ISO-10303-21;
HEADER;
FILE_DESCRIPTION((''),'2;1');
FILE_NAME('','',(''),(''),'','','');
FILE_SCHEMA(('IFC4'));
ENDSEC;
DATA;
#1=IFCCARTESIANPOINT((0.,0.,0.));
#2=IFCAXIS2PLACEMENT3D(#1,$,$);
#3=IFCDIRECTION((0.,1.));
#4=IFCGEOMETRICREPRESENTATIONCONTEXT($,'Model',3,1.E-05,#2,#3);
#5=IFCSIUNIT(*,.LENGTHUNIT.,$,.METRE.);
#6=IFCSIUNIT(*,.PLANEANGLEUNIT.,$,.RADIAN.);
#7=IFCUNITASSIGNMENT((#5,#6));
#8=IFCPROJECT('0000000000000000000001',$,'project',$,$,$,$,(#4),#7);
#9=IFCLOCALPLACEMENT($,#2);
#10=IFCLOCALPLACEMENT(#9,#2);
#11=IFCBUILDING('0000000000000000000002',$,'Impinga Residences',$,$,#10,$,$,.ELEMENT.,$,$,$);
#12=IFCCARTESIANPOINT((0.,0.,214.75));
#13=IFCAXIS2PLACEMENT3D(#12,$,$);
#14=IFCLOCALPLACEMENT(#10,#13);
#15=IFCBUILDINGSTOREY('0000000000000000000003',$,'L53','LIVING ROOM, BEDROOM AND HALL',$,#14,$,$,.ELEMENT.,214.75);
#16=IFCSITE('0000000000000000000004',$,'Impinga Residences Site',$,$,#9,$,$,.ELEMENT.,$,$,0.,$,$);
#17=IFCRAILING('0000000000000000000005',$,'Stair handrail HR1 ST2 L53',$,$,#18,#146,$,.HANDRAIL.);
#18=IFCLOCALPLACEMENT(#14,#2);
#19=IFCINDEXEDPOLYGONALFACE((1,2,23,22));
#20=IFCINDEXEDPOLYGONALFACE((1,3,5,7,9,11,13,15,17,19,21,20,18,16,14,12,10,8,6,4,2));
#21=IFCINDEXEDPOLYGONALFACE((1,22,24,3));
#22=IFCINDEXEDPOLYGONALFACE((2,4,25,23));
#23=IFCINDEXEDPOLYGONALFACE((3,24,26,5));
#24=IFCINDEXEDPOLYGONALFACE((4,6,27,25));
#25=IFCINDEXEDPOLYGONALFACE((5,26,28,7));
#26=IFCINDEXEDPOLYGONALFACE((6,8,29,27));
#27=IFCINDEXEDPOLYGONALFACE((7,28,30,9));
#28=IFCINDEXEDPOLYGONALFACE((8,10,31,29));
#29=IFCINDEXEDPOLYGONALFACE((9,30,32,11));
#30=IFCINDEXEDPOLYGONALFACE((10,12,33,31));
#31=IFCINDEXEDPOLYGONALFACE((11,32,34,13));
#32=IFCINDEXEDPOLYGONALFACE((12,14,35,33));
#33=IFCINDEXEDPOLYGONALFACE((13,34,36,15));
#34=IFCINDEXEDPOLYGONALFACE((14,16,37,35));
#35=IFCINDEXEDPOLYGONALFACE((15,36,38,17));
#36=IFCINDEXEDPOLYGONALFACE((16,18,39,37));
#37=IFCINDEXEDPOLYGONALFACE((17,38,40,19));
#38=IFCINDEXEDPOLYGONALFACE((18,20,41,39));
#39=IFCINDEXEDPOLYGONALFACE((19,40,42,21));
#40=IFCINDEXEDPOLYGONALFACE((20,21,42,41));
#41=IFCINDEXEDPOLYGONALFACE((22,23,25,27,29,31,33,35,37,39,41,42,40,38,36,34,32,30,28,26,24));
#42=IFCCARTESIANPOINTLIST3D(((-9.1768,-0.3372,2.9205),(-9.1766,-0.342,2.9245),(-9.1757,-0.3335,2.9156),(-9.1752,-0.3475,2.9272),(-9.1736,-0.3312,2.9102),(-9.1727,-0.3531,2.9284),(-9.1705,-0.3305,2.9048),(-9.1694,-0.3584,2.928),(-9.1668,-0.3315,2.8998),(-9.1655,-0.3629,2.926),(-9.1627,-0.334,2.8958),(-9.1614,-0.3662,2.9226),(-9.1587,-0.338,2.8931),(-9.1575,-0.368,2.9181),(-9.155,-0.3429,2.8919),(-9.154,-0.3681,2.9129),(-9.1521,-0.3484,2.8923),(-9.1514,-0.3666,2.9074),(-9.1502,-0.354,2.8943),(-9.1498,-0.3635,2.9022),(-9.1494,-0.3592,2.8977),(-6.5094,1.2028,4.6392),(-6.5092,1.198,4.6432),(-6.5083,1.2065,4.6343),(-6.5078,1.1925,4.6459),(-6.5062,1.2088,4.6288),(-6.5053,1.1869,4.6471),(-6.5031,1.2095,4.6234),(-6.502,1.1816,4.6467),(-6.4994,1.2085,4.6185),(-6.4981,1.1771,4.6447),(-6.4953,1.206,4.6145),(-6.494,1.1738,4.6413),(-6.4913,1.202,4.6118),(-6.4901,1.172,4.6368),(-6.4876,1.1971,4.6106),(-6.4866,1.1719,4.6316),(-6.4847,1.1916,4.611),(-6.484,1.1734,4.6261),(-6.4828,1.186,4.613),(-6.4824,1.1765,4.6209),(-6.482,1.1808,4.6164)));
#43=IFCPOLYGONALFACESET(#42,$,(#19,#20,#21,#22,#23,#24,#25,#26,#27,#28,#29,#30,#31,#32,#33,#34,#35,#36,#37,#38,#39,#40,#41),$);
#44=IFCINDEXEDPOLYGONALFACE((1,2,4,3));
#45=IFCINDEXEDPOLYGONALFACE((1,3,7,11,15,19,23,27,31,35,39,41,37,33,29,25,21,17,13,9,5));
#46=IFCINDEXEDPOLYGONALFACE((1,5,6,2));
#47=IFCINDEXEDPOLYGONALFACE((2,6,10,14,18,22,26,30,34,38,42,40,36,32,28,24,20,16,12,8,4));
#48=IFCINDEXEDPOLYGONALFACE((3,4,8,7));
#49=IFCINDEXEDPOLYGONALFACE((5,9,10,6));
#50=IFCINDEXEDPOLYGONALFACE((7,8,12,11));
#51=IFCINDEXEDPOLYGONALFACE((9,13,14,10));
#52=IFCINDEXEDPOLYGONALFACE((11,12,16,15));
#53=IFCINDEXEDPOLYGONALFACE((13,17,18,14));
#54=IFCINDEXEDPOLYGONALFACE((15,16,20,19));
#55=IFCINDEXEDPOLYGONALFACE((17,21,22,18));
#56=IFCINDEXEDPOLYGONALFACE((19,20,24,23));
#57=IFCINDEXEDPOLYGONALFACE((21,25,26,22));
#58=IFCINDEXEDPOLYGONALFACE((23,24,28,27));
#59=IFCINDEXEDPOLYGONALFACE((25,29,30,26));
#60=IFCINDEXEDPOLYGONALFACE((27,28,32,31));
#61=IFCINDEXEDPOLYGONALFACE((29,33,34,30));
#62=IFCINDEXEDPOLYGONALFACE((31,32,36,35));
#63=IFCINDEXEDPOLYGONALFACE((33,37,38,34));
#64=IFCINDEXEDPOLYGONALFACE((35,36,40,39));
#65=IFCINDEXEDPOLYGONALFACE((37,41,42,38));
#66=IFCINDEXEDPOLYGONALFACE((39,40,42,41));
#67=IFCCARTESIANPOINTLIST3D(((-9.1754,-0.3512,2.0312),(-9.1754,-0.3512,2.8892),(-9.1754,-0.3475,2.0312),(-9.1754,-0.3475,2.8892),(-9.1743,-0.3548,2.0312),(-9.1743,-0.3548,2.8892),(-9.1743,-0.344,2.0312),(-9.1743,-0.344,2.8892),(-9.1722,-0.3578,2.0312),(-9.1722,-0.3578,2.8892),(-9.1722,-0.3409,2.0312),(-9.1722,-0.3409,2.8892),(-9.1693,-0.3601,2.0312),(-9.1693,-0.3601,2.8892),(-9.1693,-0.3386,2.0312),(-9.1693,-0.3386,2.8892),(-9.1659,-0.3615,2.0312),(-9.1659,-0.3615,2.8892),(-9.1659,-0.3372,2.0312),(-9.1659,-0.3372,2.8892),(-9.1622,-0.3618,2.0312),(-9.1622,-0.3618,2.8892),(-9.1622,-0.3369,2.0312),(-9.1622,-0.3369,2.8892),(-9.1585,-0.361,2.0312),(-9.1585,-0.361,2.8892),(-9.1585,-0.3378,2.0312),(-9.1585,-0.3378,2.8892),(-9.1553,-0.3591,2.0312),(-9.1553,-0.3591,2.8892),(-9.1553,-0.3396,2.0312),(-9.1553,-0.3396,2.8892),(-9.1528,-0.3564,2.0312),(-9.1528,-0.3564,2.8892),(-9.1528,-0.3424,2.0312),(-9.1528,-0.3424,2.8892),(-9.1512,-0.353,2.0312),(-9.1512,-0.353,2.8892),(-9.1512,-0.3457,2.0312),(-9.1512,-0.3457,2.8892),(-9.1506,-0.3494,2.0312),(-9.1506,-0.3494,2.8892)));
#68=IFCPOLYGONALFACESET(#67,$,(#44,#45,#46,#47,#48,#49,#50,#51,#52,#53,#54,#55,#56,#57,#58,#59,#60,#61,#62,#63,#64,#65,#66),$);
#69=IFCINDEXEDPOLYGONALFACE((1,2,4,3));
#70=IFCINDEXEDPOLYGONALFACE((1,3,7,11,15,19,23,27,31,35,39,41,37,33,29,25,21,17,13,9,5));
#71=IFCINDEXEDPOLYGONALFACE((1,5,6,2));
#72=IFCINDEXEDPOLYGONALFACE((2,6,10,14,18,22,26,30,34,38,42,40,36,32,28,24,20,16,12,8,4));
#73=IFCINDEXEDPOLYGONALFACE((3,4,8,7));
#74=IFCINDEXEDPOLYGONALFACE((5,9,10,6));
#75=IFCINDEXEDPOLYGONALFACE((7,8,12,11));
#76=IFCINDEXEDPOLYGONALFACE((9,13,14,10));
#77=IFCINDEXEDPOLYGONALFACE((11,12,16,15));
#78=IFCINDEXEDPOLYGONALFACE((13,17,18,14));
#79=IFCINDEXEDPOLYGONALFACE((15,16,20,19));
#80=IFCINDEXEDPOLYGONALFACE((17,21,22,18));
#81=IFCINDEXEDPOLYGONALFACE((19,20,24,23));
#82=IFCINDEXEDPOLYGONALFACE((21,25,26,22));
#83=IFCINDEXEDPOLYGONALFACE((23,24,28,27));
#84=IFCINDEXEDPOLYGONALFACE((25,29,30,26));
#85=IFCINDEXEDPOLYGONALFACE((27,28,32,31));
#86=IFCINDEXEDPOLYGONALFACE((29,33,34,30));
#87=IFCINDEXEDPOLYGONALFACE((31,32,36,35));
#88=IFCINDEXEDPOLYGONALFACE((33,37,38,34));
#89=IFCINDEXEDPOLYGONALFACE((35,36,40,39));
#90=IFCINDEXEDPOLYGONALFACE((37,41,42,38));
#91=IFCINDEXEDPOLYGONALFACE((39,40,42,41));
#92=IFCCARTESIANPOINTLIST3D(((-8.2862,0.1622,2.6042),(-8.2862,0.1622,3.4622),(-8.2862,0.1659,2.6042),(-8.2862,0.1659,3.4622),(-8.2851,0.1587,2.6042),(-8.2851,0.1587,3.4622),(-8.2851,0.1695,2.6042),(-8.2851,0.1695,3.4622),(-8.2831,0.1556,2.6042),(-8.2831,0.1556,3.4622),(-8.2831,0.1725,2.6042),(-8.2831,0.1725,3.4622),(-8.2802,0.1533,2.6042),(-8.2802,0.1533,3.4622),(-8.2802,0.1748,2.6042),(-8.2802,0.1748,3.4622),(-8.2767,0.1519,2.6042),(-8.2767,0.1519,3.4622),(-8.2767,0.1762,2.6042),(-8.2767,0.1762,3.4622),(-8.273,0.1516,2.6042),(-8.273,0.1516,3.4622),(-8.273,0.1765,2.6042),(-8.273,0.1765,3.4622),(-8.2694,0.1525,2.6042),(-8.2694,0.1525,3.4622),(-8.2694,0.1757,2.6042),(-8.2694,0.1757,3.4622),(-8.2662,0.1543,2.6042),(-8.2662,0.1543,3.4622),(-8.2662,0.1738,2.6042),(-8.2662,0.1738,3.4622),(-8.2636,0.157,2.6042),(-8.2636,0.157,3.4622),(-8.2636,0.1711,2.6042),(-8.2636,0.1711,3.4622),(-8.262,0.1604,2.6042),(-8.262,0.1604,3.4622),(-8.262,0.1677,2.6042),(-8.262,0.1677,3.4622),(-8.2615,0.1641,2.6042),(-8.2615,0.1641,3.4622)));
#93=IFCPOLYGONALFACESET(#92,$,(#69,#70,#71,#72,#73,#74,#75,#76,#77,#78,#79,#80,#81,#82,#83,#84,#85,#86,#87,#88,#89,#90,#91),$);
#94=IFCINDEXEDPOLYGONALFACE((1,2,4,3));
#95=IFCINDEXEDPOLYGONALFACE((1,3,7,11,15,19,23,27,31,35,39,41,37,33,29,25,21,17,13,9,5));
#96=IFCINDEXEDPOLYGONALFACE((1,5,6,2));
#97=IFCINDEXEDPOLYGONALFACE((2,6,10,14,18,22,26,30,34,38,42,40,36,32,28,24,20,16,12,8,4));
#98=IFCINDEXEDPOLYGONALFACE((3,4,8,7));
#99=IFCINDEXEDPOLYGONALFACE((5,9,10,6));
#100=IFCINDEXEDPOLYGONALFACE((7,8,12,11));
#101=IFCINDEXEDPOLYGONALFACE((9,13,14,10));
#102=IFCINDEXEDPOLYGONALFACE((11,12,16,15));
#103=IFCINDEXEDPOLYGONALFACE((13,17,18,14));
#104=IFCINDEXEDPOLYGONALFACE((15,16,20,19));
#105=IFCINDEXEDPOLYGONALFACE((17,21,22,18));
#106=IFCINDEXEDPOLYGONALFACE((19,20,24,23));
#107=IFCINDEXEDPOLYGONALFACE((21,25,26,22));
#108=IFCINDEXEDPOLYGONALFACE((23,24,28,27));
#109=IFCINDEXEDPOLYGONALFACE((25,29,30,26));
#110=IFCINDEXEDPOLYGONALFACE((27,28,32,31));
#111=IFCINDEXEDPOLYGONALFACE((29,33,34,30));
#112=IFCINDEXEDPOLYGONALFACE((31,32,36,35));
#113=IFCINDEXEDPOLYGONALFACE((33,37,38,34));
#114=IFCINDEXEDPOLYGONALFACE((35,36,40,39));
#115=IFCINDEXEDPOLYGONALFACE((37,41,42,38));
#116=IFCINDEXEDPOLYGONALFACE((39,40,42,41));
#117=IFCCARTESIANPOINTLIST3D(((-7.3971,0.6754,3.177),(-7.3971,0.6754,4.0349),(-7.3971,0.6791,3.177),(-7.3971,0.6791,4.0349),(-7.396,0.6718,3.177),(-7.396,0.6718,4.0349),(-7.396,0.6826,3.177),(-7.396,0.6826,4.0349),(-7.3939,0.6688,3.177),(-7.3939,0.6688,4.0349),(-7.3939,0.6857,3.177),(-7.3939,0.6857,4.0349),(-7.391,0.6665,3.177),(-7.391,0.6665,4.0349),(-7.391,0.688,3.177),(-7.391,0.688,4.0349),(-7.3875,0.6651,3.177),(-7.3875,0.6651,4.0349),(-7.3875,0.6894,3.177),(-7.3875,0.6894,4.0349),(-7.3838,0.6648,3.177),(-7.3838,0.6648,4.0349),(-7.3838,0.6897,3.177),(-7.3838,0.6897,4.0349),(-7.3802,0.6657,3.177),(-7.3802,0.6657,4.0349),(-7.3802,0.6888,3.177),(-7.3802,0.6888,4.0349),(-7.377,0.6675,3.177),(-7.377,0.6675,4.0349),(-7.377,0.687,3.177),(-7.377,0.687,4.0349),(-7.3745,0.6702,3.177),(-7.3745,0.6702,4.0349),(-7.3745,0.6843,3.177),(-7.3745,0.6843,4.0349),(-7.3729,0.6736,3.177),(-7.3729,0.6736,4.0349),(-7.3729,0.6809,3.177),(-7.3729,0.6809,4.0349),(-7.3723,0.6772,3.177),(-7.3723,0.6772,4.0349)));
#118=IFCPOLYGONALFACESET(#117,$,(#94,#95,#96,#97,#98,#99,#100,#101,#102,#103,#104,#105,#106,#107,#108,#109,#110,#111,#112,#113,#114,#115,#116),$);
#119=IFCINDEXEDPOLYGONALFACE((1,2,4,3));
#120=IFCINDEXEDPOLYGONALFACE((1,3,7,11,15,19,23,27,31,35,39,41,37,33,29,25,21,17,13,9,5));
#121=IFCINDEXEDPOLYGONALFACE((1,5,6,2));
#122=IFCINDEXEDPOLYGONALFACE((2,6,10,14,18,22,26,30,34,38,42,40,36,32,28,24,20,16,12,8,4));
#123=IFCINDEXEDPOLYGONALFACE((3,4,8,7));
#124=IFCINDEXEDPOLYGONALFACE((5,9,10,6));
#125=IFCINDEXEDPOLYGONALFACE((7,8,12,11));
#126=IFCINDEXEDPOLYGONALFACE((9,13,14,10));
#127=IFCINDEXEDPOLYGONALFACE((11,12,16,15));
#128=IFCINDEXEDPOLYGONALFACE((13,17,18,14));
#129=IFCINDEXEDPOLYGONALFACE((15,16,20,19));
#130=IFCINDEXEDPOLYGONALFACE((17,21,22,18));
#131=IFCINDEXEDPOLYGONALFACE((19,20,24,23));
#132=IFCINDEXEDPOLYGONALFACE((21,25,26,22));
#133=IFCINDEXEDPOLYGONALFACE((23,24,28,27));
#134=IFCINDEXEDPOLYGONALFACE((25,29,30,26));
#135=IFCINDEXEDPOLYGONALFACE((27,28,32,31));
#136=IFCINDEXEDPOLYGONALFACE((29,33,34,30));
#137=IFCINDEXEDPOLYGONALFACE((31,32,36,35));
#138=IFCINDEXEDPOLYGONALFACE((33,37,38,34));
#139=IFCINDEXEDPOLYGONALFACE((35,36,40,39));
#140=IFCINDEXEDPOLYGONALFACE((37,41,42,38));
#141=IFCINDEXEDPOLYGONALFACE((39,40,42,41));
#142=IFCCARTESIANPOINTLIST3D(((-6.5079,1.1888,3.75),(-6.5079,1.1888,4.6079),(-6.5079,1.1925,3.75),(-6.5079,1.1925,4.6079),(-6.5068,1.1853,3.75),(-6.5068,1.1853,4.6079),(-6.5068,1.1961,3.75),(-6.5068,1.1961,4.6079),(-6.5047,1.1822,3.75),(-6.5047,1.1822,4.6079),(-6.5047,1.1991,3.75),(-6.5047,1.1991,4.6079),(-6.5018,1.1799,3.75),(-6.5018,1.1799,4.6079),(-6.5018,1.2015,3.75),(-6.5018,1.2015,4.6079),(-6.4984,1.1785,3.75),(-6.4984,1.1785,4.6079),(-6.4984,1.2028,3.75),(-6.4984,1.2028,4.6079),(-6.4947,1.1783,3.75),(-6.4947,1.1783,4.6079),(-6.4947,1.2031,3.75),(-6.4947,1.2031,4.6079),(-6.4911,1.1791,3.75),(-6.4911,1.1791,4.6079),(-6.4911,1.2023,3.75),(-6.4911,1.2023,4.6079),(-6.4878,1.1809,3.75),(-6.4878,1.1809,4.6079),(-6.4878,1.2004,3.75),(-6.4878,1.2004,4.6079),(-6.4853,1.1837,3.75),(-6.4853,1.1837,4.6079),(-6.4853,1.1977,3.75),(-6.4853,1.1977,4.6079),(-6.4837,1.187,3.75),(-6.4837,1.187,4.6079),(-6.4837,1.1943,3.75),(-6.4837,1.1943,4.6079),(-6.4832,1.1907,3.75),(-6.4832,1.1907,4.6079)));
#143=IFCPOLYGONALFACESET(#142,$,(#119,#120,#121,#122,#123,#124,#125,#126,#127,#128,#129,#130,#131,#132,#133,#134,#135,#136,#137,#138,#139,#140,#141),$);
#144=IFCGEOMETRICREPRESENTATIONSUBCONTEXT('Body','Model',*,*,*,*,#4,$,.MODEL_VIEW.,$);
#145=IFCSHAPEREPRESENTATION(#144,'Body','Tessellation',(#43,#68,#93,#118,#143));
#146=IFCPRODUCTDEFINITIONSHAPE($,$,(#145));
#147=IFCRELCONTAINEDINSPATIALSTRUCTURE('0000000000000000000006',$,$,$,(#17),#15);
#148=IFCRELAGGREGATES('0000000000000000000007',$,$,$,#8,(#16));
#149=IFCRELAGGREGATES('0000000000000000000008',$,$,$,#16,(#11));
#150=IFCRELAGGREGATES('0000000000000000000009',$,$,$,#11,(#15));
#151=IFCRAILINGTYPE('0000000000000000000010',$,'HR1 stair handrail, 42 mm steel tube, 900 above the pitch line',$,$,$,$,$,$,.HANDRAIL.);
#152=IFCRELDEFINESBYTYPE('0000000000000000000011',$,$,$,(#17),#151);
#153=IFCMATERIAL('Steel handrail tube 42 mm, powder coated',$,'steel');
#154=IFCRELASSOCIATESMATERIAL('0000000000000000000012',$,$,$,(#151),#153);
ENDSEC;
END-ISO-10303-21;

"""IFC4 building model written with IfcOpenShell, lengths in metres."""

from ifc_helpers import new_model, si_unit, direction, frame, origin, origin_2d, place, context, subcontext, project, spatial, circle, extrude, material, type_object, element, save


model = new_model("IFC4")

# Units and contexts
model_context = context("Model", 3, precision=1e-05, world=origin(), true_north=direction((0.0, 1.0)))
body_context = subcontext(model_context, "Body", "Model", "MODEL_VIEW")
ifc_project = project(units=[si_unit("LENGTHUNIT", "METRE"), si_unit("PLANEANGLEUNIT", "RADIAN")], contexts=[model_context])

# Site, building, storey
site_placement = place(None, origin())
site = spatial("IfcSite", under=ifc_project, at=site_placement, Name="Impinga Residences Site", CompositionType="ELEMENT", RefElevation=0.0)
building_placement = place(site_placement, origin())
building = spatial("IfcBuilding", under=site, at=building_placement, Name="Impinga Residences", CompositionType="ELEMENT")
storey_placement = place(building_placement, frame((0.0, 0.0, 214.75)))
storey = spatial("IfcBuildingStorey", under=building, at=storey_placement, Name="L53", Description="LIVING ROOM, BEDROOM AND HALL", CompositionType="ELEMENT", Elevation=214.75)

# Railing
ifc_material_1 = material(Name="Steel handrail tube 42 mm, powder coated", Category="steel")
railing_type_1 = type_object("IfcRailingType", Name="HR1 stair handrail, 42 mm steel tube, 900 above the pitch line", PredefinedType="HANDRAIL", material=ifc_material_1)
railing_1_placement = place(storey_placement, frame((-9.1631, -0.3494, 2.0312)))
element("IfcRailing", 1, at=railing_1_placement, inside=storey, type_object=railing_type_1, Name="Stair handrail HR1 ST2 L53", PredefinedType="HANDRAIL", context=body_context, shape_type="SweptSolid", body=[
    extrude(circle(Radius=0.021, at=origin_2d()), frame((0.0, 0.0, 0.8789), z_axis=(0.756256, 0.436616, 0.487282), x_axis=(-0.499992, 0.86603, 0.0)), (0.0, 0.0, 1.0), 3.5271),
    extrude(circle(Radius=0.0125, at=origin_2d()), origin(), (0.0, 0.0, 1.0), 0.8579),
    extrude(circle(Radius=0.0125, at=origin_2d()), frame((0.8892, 0.5134, 0.573)), (0.0, 0.0, 1.0), 0.8579),
    extrude(circle(Radius=0.0125, at=origin_2d()), frame((1.7783, 1.0266, 1.1458)), (0.0, 0.0, 1.0), 0.8579),
    extrude(circle(Radius=0.0125, at=origin_2d()), frame((2.6675, 1.54, 1.7188)), (0.0, 0.0, 1.0), 0.8579),
])

save(model, "model.ifc")
